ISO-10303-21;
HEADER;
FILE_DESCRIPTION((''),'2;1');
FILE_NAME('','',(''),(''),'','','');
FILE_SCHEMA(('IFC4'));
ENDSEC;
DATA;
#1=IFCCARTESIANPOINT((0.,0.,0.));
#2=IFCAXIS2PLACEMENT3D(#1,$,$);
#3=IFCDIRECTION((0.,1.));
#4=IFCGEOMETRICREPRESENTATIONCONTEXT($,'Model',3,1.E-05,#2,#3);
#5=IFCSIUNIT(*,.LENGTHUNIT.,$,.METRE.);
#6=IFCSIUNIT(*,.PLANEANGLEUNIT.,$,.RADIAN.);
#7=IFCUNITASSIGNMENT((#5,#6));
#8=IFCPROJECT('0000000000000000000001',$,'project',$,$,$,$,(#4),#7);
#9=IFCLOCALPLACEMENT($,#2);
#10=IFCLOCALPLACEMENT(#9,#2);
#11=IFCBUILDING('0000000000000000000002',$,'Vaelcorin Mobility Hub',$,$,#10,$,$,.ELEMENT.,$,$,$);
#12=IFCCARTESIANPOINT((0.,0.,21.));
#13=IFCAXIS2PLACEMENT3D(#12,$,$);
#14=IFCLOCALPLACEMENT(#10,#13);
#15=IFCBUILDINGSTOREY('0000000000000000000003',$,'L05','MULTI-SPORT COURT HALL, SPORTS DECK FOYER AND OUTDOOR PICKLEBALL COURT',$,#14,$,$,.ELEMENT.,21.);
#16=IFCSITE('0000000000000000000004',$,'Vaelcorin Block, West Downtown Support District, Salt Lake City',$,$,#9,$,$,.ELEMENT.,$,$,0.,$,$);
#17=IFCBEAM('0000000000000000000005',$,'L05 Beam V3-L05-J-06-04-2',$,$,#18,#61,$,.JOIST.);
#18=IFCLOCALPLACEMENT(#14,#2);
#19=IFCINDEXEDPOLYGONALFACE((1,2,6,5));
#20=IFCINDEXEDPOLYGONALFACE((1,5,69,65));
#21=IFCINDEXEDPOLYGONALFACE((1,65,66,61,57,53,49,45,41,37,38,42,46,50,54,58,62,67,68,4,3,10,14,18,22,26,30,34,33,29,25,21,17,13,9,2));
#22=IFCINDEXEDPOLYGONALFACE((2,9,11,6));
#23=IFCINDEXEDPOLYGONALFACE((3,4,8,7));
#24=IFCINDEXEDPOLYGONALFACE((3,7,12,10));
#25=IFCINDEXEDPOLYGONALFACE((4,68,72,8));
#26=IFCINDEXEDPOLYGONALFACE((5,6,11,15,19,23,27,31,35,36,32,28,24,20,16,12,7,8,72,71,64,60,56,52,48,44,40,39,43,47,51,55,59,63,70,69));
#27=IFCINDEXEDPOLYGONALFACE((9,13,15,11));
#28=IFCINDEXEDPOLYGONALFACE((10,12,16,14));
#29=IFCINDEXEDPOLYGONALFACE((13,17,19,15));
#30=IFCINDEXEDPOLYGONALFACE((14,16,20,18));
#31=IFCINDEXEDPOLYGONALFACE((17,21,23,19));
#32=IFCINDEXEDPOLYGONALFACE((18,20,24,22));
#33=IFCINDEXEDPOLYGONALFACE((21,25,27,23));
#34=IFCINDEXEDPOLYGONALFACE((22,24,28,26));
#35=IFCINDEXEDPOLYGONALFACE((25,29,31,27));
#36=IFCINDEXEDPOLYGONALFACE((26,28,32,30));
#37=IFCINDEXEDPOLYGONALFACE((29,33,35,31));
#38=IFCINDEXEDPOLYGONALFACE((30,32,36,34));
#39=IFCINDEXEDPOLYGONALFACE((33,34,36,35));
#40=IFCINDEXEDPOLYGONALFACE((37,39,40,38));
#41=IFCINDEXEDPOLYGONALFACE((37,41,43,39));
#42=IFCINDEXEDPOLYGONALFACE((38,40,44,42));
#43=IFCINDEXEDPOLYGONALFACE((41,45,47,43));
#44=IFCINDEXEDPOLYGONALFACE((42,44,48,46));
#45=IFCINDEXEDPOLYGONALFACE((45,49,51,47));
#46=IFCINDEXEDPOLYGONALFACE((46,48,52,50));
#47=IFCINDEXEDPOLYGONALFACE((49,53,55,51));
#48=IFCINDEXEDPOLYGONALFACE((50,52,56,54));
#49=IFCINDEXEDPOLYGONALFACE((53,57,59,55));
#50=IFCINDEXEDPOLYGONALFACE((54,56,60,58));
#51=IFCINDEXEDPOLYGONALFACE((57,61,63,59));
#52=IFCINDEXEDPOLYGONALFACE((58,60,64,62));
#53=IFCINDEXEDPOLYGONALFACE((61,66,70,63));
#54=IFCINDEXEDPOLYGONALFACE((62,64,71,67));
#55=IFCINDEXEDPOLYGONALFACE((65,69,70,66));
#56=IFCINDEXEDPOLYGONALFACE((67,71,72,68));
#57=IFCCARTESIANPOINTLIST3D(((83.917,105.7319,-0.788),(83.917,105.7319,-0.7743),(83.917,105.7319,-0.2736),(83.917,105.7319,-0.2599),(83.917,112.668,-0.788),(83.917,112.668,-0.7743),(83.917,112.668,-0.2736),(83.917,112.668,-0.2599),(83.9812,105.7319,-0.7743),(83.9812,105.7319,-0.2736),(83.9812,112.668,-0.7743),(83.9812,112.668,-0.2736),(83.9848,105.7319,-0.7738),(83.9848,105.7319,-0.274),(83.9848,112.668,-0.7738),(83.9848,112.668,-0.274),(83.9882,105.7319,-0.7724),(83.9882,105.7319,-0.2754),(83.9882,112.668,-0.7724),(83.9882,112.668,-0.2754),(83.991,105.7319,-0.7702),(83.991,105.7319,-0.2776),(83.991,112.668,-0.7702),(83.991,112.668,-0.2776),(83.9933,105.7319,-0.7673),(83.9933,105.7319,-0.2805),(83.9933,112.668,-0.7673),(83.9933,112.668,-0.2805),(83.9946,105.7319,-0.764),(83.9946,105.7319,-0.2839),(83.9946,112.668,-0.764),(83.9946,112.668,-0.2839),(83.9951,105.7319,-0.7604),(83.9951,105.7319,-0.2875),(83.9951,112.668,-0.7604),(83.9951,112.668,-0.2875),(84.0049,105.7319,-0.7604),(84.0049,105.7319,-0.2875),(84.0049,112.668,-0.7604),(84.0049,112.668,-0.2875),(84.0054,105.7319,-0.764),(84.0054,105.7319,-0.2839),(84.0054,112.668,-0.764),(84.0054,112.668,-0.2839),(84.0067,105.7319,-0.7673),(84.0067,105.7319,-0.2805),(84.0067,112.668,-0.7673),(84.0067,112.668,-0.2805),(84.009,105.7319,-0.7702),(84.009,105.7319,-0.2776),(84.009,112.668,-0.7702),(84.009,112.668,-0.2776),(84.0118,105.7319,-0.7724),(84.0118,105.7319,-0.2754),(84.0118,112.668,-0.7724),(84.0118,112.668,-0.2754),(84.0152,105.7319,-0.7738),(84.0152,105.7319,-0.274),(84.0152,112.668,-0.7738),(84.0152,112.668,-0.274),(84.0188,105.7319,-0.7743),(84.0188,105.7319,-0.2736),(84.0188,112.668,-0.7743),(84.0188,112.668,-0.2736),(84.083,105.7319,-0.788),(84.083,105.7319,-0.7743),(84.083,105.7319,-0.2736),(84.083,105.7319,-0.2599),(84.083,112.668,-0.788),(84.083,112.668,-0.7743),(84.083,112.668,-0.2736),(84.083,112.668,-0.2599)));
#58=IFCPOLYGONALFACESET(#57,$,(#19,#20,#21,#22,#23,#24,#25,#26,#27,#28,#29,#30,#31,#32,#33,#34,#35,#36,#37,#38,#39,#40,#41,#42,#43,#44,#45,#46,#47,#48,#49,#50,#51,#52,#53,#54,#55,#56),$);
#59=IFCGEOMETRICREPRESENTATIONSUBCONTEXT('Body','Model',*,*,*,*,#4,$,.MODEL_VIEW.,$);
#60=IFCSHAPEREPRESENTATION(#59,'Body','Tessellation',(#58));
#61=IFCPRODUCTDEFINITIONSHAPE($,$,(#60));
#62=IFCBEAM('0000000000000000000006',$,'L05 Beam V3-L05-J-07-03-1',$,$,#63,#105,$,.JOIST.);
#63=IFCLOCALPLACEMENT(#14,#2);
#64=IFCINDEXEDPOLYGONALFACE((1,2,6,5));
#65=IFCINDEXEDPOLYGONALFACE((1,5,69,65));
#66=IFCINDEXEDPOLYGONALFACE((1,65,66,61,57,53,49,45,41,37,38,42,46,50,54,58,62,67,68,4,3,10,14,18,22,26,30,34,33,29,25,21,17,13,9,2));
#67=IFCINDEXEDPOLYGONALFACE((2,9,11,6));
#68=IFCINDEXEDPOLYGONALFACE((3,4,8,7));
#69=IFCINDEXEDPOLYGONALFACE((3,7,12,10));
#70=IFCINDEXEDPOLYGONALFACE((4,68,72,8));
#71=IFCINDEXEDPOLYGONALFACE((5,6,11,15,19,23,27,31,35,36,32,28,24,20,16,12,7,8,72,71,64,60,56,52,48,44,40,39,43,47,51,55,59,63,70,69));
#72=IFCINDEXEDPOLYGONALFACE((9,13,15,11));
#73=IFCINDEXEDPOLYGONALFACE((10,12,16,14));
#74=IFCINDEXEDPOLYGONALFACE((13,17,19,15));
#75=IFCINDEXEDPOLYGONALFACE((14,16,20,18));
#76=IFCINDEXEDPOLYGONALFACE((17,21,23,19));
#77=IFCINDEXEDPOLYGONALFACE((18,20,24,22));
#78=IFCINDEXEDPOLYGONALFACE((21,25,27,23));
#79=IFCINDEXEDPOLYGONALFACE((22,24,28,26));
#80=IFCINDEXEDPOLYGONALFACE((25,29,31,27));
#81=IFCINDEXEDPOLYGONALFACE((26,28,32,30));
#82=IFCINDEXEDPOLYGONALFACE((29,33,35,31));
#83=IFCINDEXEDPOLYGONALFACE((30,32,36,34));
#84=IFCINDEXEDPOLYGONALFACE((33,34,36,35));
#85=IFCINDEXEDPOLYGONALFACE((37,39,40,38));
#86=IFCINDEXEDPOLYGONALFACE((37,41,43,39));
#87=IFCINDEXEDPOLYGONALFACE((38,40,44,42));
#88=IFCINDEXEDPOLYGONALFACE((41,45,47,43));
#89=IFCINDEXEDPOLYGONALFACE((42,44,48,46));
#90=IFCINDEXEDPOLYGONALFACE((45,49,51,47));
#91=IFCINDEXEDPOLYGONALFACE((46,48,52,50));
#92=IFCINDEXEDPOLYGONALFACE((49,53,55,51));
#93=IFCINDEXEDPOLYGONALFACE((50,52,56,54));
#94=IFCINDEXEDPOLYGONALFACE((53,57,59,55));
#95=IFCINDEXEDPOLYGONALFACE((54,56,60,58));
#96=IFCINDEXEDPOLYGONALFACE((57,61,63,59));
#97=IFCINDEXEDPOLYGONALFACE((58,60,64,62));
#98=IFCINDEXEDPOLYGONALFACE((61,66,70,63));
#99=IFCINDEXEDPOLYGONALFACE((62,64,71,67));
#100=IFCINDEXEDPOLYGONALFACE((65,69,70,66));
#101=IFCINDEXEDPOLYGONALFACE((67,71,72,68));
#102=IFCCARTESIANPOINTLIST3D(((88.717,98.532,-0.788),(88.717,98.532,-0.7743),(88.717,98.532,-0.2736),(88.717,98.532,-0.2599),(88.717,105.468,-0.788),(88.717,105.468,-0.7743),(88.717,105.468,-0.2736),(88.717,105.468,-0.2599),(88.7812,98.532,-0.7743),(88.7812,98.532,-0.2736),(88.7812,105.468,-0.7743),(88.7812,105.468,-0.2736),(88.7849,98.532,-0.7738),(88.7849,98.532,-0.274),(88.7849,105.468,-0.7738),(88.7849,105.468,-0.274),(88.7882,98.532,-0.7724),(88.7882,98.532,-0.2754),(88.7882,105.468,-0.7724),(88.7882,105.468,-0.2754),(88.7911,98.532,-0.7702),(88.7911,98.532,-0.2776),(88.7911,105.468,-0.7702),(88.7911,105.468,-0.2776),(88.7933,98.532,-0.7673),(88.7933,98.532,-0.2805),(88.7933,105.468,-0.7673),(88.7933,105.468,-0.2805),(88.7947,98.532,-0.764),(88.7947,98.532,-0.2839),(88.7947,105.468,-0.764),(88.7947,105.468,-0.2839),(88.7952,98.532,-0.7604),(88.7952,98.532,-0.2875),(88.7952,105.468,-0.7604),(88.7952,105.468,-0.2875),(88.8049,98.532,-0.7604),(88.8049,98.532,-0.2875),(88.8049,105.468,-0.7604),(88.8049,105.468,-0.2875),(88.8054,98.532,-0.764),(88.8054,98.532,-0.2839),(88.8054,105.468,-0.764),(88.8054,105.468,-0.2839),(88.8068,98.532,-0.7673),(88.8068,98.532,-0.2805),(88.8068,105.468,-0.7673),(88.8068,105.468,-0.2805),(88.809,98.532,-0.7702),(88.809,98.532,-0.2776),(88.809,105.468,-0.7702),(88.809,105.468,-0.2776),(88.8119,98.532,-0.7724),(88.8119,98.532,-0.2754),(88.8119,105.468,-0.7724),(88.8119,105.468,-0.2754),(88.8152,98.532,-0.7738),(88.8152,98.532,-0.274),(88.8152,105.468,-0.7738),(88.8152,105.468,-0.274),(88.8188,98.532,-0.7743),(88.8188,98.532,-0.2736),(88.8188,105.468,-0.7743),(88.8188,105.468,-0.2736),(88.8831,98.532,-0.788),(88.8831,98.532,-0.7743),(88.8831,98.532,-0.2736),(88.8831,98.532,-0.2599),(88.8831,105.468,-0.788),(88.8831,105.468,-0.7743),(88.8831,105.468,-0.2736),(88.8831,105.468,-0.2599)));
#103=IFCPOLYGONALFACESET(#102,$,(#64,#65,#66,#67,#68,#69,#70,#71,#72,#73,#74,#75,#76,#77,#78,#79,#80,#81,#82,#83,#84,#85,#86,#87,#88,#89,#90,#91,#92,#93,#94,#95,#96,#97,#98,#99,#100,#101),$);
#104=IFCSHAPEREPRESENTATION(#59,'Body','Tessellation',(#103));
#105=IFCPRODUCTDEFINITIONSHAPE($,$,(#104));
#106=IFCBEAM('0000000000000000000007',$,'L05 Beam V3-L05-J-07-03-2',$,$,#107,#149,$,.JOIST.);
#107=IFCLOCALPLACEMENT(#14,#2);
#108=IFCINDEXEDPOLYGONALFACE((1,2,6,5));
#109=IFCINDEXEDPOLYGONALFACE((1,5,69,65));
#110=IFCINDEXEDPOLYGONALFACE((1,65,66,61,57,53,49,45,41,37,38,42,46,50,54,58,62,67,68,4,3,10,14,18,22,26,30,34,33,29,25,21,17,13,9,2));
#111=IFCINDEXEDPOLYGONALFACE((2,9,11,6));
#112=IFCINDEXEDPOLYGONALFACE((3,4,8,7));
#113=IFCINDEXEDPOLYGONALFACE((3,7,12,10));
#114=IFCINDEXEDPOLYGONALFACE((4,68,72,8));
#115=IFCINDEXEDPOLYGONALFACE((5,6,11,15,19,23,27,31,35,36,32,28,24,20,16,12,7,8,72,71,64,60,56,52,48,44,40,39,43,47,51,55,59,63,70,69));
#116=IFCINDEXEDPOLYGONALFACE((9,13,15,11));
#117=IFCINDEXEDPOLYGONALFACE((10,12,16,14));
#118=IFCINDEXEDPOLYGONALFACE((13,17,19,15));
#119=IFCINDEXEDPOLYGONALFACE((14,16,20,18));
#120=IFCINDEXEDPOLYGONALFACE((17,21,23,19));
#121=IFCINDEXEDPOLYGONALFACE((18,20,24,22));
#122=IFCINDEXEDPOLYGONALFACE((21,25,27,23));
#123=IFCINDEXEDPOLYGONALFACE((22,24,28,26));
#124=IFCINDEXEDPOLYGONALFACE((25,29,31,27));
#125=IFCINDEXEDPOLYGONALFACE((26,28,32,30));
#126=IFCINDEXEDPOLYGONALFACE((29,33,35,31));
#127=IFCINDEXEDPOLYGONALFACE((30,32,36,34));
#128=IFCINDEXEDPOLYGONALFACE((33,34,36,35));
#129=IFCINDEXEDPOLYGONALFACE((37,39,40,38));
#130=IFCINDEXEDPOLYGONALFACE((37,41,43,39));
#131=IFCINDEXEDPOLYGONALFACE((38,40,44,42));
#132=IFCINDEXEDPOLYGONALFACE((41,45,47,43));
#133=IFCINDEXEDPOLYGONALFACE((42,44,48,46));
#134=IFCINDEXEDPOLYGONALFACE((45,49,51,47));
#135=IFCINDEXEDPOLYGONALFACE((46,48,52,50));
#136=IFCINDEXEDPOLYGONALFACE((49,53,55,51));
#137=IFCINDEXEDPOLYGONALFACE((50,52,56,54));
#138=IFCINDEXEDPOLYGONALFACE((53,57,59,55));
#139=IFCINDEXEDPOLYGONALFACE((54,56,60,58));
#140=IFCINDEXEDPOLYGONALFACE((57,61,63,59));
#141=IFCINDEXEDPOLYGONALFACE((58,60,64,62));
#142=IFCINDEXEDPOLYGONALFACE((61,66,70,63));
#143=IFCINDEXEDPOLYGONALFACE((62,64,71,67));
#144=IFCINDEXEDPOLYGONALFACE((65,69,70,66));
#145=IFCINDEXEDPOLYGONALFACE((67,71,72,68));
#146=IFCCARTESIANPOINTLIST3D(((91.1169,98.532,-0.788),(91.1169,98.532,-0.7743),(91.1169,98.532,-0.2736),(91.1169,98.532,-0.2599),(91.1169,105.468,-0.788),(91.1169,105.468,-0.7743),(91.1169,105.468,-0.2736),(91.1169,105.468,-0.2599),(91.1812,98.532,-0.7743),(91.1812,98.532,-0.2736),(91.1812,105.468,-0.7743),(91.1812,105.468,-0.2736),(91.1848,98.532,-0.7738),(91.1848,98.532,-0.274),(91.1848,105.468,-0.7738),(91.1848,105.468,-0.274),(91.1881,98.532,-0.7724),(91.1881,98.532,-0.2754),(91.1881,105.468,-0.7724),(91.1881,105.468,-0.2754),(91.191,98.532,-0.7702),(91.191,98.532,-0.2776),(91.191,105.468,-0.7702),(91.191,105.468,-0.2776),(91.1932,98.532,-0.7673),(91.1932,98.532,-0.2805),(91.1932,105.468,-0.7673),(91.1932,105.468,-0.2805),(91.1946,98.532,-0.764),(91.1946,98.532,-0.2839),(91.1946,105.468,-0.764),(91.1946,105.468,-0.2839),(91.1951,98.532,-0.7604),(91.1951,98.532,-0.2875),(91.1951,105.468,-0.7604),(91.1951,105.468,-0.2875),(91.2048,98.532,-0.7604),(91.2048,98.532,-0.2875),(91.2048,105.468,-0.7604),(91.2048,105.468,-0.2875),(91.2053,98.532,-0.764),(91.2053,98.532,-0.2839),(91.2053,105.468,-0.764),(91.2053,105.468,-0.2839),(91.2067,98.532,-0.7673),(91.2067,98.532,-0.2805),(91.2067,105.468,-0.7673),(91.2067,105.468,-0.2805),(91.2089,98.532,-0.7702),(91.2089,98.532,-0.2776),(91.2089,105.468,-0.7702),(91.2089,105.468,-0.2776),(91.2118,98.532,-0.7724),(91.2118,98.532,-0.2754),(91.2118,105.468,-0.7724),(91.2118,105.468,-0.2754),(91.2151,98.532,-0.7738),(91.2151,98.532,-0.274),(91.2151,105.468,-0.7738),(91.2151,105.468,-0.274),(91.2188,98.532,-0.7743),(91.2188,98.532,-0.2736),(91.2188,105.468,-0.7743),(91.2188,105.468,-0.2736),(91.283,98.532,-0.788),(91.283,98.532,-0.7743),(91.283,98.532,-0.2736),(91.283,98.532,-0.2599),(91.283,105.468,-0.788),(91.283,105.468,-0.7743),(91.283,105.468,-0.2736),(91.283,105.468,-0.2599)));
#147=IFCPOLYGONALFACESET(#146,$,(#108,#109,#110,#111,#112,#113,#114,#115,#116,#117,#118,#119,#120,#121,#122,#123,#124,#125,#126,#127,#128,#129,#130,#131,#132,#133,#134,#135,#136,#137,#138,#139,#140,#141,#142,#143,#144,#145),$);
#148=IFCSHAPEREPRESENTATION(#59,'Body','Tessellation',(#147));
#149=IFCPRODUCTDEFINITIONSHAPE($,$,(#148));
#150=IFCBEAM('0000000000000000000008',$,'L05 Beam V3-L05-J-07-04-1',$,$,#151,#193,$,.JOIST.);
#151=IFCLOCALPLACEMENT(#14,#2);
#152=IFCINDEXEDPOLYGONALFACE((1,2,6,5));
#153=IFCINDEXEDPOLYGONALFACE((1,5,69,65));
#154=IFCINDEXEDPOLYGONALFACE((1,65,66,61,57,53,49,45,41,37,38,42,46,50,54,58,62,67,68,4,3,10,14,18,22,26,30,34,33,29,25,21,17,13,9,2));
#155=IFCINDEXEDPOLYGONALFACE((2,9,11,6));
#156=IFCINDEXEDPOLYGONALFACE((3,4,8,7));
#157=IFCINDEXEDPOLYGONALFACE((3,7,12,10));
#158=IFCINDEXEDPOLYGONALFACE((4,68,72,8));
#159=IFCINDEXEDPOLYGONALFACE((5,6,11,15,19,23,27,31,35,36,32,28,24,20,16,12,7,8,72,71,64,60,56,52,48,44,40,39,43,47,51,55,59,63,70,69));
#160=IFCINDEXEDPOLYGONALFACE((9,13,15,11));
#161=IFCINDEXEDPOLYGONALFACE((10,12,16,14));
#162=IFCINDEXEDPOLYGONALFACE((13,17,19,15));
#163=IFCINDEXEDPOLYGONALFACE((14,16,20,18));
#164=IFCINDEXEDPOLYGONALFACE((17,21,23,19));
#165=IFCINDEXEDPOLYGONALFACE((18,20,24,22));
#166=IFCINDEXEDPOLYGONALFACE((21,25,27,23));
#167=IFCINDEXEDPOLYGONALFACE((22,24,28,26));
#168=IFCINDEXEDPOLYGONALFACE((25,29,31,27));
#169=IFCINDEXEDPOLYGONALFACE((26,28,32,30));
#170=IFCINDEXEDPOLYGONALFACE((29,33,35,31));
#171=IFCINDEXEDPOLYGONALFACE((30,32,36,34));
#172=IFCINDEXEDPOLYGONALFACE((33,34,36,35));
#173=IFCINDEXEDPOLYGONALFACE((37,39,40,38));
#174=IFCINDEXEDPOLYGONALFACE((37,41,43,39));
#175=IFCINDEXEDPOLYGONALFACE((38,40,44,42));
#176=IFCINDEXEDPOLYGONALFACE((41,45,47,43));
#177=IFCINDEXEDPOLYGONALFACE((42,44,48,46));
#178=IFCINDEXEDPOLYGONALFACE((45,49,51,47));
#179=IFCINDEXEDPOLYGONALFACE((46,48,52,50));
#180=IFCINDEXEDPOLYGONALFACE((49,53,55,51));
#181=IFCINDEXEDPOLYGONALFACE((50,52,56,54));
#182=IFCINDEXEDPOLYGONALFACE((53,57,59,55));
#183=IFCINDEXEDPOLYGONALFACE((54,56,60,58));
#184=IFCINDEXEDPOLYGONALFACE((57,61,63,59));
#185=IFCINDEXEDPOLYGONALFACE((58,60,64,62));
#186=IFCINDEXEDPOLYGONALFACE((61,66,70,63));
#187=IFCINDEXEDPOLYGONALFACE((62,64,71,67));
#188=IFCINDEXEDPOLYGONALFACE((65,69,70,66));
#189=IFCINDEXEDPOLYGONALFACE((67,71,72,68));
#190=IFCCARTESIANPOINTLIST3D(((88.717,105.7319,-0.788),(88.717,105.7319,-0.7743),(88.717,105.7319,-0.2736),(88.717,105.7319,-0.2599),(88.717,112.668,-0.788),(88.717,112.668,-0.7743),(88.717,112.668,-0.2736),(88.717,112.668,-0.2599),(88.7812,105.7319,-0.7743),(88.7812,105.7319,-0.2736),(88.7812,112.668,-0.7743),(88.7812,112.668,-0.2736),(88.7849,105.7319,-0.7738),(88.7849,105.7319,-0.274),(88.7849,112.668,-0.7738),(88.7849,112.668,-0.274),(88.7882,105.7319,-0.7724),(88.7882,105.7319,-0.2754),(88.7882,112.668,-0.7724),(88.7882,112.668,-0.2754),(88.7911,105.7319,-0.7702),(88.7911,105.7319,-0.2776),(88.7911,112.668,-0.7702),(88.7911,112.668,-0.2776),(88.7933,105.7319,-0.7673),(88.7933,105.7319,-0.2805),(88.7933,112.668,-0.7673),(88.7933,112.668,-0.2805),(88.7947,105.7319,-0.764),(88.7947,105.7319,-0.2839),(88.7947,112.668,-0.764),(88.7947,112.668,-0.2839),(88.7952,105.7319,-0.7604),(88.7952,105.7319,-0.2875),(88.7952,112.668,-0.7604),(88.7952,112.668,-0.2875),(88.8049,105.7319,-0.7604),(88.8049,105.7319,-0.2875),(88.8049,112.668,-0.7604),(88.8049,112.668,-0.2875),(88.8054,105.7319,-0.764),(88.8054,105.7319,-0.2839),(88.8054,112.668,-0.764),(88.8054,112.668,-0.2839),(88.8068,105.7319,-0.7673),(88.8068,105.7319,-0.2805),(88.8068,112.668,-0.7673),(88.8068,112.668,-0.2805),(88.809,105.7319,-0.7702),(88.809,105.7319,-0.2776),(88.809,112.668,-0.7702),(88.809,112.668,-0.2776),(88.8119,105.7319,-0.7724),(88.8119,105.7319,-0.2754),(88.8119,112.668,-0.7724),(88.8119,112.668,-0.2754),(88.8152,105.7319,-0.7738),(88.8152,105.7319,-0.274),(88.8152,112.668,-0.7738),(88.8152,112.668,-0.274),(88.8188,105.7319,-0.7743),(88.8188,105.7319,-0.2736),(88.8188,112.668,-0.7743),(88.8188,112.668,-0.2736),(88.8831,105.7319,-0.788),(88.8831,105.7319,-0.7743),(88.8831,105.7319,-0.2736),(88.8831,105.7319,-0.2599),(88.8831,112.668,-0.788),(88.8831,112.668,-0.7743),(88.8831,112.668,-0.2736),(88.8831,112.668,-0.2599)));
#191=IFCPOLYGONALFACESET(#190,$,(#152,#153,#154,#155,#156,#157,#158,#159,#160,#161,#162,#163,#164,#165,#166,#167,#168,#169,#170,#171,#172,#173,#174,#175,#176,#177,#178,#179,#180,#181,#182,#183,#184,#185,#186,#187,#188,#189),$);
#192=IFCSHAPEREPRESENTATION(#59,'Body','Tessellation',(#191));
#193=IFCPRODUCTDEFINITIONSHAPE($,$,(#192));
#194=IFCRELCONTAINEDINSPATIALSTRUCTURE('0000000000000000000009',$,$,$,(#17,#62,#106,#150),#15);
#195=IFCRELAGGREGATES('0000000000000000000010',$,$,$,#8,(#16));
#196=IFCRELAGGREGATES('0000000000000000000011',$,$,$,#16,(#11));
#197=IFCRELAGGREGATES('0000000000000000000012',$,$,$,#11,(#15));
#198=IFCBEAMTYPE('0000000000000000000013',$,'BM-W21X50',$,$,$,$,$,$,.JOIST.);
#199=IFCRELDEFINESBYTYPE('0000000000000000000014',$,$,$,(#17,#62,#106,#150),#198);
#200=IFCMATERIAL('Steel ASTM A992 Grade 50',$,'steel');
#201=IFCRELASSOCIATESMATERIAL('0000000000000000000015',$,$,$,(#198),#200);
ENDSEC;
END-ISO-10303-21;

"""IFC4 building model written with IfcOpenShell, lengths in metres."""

from ifc_helpers import new_model, si_unit, direction, frame, origin, origin_2d, place, context, subcontext, project, spatial, i_section, extrude, material, material_profile, profile_set, type_object, element, save


model = new_model("IFC4")

# Units and contexts
model_context = context("Model", 3, precision=1e-05, world=origin(), true_north=direction((0.0, 1.0)))
body_context = subcontext(model_context, "Body", "Model", "MODEL_VIEW")
ifc_project = project(units=[si_unit("LENGTHUNIT", "METRE"), si_unit("PLANEANGLEUNIT", "RADIAN")], contexts=[model_context])

# Site, building, storey
site_placement = place(None, origin())
site = spatial("IfcSite", under=ifc_project, at=site_placement, Name="Vaelcorin Block, West Downtown Support District, Salt Lake City", CompositionType="ELEMENT", RefElevation=0.0)
building_placement = place(site_placement, origin())
building = spatial("IfcBuilding", under=site, at=building_placement, Name="Vaelcorin Mobility Hub", CompositionType="ELEMENT")
storey_placement = place(building_placement, frame((0.0, 0.0, 21.0)))
storey = spatial("IfcBuildingStorey", under=building, at=storey_placement, Name="L05", Description="MULTI-SPORT COURT HALL, SPORTS DECK FOYER AND OUTDOOR PICKLEBALL COURT", CompositionType="ELEMENT", Elevation=21.0)

# Shared definitions
ifc_material_1 = material(Name="Steel ASTM A992 Grade 50", Category="steel")

# Beams
ifc_material_profile_1 = material_profile(ifc_material_1, i_section(OverallWidth=0.166, OverallDepth=0.5281, WebThickness=0.0098, FlangeThickness=0.0137, FilletRadius=0.0139, at=origin_2d()), Name="W21X50")
ifc_profile_set_1 = profile_set([ifc_material_profile_1], Name="Steel ASTM A992 Grade 50")
beam_type_1 = type_object("IfcBeamType", Name="BM-W21X50", PredefinedType="JOIST", material=ifc_profile_set_1)
for number, where, z_axis, x_axis, name in (
    (1, (84.0, 105.7319, -0.5239), (0.0, 1.0, 0.0), (-1.0, 0.0, 0.0), "L05 Beam V3-L05-J-06-04-2"),
    (2, (88.8, 98.532, -0.5239), (0.0, 1.0, 0.0), (-1.0, 0.0, 0.0), "L05 Beam V3-L05-J-07-03-1"),
    (3, (91.2, 98.532, -0.5239), (0.0, 1.0, 0.0), (-1.0, 0.0, 0.0), "L05 Beam V3-L05-J-07-03-2"),
    (4, (88.8, 105.7319, -0.5239), (0.0, 1.0, 0.0), (-1.0, 0.0, 0.0), "L05 Beam V3-L05-J-07-04-1"),
):
    element("IfcBeam", number, at=place(storey_placement, frame(where, z_axis=z_axis, x_axis=x_axis)), inside=storey, type_object=beam_type_1, Name=name, PredefinedType="JOIST", context=body_context, shape_type="SweptSolid", body=[
        extrude(i_section(OverallWidth=0.166, OverallDepth=0.5281, WebThickness=0.0098, FlangeThickness=0.0137, FilletRadius=0.0139, at=origin_2d()), origin(), (0.0, 0.0, 1.0), 6.936),
    ])

save(model, "model.ifc")
